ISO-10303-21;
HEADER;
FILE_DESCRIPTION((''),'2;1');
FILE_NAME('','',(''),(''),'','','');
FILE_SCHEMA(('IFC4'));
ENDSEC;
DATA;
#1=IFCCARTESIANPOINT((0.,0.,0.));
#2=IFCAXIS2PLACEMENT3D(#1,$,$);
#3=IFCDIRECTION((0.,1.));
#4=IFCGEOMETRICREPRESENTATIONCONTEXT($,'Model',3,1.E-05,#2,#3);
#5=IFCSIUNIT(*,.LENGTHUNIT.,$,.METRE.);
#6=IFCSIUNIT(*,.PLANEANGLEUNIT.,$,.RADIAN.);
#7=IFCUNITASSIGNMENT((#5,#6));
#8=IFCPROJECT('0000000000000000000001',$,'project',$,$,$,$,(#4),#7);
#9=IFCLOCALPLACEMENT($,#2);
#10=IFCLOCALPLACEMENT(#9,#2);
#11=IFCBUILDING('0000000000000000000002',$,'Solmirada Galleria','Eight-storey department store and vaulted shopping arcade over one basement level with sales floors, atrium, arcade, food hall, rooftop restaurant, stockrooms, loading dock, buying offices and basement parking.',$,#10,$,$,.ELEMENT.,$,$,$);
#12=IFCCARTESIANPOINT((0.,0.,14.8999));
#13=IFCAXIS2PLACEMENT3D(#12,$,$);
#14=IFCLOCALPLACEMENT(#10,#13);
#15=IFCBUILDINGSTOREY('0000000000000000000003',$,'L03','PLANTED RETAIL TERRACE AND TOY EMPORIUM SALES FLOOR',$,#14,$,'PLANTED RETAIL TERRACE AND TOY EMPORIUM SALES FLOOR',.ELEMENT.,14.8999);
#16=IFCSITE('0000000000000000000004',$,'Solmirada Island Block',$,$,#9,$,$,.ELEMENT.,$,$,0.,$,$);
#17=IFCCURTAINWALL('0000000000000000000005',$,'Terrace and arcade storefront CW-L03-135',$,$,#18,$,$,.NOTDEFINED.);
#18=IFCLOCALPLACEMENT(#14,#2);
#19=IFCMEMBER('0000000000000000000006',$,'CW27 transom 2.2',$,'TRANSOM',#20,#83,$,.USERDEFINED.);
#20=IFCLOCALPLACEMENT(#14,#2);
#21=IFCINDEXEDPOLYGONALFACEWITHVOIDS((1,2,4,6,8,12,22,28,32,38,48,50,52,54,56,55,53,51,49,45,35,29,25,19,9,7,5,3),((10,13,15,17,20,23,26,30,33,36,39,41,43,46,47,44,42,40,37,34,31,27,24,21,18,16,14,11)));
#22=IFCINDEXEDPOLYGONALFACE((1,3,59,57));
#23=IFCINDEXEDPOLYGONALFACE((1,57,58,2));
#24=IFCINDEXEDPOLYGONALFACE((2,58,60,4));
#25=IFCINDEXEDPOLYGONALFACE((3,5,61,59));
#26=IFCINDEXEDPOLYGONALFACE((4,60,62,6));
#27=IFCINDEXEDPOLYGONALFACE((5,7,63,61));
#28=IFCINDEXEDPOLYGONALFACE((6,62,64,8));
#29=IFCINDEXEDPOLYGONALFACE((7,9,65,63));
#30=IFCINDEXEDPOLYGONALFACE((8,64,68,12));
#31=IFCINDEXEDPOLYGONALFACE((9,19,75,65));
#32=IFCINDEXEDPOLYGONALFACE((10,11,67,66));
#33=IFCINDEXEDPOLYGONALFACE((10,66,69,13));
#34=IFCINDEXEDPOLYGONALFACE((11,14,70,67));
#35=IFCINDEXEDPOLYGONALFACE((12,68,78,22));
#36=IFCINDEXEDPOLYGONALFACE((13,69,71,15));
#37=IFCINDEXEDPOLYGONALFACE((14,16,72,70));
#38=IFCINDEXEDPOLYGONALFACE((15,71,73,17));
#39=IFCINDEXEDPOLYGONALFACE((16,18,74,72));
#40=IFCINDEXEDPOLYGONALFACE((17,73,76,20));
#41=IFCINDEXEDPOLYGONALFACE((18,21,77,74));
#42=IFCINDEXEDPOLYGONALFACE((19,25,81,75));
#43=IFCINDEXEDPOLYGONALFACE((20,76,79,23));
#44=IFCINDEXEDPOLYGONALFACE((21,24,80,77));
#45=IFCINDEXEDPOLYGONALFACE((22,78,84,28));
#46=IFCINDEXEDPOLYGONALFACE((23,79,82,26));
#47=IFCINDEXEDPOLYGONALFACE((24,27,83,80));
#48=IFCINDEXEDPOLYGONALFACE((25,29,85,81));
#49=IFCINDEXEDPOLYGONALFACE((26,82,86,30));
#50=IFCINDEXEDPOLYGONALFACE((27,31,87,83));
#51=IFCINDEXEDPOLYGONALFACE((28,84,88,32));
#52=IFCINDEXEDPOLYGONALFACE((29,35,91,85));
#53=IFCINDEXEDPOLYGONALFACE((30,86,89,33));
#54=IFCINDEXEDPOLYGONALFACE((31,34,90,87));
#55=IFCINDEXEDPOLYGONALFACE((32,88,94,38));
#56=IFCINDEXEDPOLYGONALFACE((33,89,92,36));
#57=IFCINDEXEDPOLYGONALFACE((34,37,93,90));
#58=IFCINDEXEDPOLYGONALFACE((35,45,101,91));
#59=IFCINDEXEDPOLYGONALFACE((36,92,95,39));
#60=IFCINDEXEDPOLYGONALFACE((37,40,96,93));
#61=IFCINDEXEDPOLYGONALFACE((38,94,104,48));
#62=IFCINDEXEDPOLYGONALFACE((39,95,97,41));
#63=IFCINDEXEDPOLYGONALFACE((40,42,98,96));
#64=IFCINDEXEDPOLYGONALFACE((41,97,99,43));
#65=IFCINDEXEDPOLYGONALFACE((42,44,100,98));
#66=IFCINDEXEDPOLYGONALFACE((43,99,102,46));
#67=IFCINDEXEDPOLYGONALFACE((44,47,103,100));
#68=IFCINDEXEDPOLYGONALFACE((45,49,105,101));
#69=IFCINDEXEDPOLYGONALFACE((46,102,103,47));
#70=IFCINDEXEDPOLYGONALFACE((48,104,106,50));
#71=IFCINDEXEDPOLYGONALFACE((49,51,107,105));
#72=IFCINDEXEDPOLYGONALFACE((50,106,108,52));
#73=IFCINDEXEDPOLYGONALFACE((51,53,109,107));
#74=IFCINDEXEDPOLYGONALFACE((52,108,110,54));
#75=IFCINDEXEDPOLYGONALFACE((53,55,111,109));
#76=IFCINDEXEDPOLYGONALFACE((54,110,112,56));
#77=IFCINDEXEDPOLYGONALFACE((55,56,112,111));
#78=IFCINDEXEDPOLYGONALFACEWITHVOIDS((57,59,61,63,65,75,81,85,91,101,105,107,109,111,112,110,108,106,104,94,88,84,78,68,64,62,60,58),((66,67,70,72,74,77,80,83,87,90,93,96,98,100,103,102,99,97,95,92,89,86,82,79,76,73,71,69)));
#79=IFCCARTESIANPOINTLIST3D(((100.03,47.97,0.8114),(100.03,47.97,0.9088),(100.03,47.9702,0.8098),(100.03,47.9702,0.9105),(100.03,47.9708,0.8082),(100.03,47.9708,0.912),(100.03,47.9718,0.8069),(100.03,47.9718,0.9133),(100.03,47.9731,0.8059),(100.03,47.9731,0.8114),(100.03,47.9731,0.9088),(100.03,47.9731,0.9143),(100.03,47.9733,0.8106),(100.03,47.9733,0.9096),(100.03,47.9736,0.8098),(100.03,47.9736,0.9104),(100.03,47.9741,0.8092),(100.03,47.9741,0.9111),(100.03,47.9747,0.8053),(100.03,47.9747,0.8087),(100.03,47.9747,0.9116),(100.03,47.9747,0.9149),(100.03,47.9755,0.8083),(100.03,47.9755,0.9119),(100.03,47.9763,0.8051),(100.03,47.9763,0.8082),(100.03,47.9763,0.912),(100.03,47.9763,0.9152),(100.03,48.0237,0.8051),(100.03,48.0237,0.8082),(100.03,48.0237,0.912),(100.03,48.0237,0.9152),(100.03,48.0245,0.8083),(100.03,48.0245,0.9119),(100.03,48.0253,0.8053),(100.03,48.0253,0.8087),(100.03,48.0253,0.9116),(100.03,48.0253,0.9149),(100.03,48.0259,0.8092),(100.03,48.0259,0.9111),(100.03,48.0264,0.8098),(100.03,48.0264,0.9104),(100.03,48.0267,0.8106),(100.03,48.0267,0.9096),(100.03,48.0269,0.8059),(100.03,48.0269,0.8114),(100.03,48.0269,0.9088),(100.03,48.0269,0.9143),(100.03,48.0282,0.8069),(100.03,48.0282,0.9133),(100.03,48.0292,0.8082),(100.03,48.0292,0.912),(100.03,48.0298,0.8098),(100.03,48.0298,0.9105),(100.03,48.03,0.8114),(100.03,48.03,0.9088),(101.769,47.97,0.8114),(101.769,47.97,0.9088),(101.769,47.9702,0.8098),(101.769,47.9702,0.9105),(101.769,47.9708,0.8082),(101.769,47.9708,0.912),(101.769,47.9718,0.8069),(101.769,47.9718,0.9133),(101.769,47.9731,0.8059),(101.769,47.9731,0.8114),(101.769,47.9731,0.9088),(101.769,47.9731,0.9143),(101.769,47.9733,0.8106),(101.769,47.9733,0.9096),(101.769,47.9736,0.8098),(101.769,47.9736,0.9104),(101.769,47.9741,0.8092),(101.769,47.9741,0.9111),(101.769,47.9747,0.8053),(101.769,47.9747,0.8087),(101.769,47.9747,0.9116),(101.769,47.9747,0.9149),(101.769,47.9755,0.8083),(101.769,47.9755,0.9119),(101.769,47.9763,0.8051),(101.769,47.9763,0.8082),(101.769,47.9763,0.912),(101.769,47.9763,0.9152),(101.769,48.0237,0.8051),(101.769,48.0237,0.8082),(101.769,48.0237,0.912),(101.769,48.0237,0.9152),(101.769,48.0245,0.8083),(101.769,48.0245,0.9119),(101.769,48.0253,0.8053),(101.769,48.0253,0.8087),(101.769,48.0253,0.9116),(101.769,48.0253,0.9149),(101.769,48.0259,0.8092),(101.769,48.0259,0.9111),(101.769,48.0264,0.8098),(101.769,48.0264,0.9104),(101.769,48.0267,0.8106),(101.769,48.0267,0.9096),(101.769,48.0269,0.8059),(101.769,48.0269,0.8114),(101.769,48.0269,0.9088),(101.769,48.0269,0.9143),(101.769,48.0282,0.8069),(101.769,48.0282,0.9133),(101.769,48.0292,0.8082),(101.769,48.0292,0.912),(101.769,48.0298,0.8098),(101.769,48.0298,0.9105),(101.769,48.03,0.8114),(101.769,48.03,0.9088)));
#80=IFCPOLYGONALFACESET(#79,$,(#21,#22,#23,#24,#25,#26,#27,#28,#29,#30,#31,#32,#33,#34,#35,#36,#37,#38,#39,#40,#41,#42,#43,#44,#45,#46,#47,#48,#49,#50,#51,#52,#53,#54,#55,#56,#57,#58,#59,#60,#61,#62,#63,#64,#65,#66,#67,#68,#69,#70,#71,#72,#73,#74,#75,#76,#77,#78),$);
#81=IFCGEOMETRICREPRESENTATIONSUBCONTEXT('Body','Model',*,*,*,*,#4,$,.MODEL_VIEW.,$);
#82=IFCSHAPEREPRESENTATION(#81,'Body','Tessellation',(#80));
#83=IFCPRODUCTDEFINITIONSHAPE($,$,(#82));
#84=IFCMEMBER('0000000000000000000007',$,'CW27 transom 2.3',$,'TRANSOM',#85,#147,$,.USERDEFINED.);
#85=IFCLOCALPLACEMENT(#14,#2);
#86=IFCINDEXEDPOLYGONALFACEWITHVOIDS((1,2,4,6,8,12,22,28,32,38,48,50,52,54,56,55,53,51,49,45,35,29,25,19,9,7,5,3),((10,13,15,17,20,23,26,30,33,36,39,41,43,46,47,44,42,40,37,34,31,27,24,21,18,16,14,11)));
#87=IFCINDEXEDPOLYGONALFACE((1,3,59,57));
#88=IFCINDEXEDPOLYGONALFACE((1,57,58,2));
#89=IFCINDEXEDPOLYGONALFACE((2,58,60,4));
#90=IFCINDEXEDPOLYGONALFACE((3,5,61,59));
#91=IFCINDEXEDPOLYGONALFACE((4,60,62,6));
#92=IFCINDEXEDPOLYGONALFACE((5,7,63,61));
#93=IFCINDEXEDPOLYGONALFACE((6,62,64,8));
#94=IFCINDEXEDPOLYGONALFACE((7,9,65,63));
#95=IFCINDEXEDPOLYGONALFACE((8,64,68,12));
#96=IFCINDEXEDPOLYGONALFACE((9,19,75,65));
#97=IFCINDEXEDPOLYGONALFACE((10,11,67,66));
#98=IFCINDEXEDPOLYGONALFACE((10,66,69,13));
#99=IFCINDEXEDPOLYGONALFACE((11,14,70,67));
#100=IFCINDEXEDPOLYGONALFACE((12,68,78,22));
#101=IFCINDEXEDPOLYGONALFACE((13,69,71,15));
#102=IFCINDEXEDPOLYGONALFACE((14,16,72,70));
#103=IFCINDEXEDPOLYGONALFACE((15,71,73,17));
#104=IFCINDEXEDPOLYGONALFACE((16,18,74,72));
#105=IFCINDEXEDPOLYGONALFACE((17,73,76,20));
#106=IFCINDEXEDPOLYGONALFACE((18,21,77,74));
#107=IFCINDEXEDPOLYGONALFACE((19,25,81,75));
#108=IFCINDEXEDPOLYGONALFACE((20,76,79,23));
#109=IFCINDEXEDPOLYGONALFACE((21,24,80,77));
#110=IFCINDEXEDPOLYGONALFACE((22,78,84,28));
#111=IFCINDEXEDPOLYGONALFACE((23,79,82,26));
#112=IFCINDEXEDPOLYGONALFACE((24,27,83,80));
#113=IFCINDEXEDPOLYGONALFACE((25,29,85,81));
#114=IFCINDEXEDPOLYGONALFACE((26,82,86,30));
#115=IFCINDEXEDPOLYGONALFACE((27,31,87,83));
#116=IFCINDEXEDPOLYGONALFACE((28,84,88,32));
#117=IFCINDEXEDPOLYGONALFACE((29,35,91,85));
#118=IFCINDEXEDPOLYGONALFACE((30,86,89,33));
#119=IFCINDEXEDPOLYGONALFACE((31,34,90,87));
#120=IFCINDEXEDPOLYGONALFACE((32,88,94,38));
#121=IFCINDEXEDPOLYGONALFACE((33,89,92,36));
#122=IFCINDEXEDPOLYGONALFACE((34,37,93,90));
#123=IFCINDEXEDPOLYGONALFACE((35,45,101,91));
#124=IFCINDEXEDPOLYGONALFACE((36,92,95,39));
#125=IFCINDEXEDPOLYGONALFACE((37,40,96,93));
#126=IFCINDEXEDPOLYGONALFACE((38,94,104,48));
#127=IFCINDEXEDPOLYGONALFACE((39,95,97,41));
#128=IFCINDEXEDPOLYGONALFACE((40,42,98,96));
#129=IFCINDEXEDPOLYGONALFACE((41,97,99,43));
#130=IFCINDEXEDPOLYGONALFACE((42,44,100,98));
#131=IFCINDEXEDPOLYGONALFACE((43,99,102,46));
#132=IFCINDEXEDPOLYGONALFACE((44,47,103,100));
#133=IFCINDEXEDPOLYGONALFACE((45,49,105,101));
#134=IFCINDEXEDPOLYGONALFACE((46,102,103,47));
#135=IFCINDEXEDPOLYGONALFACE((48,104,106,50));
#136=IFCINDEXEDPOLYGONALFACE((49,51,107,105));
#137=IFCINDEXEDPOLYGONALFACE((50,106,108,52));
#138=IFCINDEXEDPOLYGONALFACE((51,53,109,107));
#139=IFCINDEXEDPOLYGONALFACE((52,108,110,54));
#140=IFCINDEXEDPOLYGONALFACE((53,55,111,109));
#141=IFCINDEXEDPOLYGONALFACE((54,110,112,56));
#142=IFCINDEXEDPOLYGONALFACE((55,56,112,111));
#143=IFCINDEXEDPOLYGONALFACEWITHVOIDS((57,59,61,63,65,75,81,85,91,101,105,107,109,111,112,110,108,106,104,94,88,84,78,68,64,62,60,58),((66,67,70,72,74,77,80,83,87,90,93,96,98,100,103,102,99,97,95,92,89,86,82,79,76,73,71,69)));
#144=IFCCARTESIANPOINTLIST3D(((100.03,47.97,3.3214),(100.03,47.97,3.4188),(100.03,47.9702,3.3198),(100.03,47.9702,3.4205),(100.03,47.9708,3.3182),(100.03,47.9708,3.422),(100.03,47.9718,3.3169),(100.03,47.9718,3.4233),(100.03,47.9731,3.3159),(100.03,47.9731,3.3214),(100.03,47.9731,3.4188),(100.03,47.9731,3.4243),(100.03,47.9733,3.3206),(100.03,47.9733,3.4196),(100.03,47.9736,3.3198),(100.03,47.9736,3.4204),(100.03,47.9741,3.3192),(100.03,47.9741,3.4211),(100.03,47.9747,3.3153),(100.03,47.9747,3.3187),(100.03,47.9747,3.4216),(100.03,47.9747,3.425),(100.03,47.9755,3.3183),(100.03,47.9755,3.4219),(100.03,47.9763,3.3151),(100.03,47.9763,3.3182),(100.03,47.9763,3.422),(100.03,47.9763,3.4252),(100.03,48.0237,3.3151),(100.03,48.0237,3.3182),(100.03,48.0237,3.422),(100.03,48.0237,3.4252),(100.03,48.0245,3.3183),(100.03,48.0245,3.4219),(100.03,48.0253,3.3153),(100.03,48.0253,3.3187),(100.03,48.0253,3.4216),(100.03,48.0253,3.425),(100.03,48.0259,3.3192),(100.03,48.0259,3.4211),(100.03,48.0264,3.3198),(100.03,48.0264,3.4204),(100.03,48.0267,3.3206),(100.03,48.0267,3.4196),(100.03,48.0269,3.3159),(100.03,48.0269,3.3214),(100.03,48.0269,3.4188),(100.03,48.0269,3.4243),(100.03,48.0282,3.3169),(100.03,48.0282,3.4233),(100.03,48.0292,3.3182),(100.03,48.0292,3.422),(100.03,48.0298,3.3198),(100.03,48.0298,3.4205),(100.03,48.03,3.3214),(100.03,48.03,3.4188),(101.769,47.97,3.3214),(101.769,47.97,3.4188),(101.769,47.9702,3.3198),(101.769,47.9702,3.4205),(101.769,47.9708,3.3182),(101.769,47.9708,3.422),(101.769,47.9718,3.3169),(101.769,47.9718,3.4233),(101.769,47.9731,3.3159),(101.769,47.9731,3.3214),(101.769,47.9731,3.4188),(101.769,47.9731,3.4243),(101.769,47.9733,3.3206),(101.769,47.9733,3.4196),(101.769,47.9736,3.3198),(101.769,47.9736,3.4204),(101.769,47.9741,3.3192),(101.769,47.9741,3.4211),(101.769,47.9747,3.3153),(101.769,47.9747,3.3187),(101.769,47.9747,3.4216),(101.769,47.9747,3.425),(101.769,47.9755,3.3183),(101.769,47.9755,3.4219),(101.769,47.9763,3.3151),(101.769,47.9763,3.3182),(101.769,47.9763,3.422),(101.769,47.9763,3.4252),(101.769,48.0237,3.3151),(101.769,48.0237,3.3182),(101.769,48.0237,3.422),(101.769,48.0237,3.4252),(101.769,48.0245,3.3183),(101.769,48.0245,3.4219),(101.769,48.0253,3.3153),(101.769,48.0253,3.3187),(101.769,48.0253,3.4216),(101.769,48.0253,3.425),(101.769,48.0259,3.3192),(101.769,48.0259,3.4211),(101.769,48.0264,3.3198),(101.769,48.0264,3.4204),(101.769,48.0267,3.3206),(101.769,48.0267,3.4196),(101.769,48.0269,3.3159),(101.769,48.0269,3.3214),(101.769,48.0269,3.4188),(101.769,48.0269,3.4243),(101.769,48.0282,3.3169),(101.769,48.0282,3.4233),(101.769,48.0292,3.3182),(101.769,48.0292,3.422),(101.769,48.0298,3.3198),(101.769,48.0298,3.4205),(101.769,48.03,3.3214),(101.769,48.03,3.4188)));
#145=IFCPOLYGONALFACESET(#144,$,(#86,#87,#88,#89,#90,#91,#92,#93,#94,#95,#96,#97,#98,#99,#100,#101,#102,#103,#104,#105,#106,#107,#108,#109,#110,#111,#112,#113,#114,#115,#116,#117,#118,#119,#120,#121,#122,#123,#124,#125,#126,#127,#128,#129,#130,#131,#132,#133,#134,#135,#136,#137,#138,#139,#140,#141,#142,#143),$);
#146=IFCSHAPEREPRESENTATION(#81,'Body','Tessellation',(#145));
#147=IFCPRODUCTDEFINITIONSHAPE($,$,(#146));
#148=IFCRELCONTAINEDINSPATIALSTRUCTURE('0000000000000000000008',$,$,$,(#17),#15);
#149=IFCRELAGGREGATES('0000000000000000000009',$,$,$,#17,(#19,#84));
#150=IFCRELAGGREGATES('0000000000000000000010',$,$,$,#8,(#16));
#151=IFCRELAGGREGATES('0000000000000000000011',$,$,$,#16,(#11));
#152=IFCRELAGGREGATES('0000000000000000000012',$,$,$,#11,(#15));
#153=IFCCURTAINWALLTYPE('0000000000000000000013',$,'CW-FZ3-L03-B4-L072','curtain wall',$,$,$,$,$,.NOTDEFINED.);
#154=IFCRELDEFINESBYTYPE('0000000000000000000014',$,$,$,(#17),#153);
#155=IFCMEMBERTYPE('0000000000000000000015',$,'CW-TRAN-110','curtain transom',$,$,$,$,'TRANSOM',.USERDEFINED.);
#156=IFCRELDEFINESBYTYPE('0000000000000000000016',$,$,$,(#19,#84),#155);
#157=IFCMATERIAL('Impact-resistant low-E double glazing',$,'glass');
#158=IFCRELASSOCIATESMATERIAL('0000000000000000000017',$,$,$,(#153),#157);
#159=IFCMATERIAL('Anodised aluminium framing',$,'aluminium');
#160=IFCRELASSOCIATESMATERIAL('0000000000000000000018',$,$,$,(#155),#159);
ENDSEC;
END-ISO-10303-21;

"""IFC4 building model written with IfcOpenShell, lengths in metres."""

from ifc_helpers import new_model, si_unit, direction, frame, origin, origin_2d, place, context, subcontext, project, spatial, hollow_rectangle, extrude, material, material_profile, profile_set, type_object, element, aggregate, save


model = new_model("IFC4")

# Units and contexts
model_context = context("Model", 3, precision=1e-05, world=origin(), true_north=direction((0.0, 1.0)))
body_context = subcontext(model_context, "Body", "Model", "MODEL_VIEW")
ifc_project = project(units=[si_unit("LENGTHUNIT", "METRE"), si_unit("PLANEANGLEUNIT", "RADIAN")], contexts=[model_context])

# Site, building, storey
site_placement = place(None, origin())
site = spatial("IfcSite", under=ifc_project, at=site_placement, Name="Solmirada Island Block", CompositionType="ELEMENT", RefElevation=0.0)
building_placement = place(site_placement, origin())
building = spatial("IfcBuilding", under=site, at=building_placement, Name="Solmirada Galleria", Description="Eight-storey department store and vaulted shopping arcade over one basement level with sales floors, atrium, arcade, food hall, rooftop restaurant, stockrooms, loading dock, buying offices and basement parking.", CompositionType="ELEMENT")
storey_placement = place(building_placement, frame((0.0, 0.0, 14.8999)))
storey = spatial("IfcBuildingStorey", under=building, at=storey_placement, Name="L03", Description="PLANTED RETAIL TERRACE AND TOY EMPORIUM SALES FLOOR", LongName="PLANTED RETAIL TERRACE AND TOY EMPORIUM SALES FLOOR", CompositionType="ELEMENT", Elevation=14.8999)

# Curtain wall, members
ifc_material_1 = material(Name="Impact-resistant low-E double glazing", Category="glass")
curtain_wall_type = type_object("IfcCurtainWallType", Name="CW-FZ3-L03-B4-L072", Description="curtain wall", PredefinedType="NOTDEFINED", material=ifc_material_1)
curtain_wall_placement = place(storey_placement, origin())
curtain_wall = element("IfcCurtainWall", 1, at=curtain_wall_placement, inside=storey, type_object=curtain_wall_type, Name="Terrace and arcade storefront CW-L03-135", PredefinedType="NOTDEFINED")
ifc_material_2 = material(Name="Anodised aluminium framing", Category="aluminium")
ifc_material_profile_1 = material_profile(ifc_material_2, hollow_rectangle(XDim=0.0601, YDim=0.1101, WallThickness=0.0032, InnerFilletRadius=0.0032, OuterFilletRadius=0.0063, at=origin_2d()), Name="ALU-TRAN-110X60")
ifc_profile_set_1 = profile_set([ifc_material_profile_1], Name="Anodised aluminium framing")
member_type_1 = type_object("IfcMemberType", Name="CW-TRAN-110", Description="curtain transom", ElementType="TRANSOM", PredefinedType="USERDEFINED", material=ifc_profile_set_1)
member_1_placement = place(storey_placement, frame((101.769, 48.0, 0.8601), z_axis=(-1.0, 0.0, 0.0), x_axis=(0.0, -1.0, 0.0)))
member_1 = element("IfcMember", 2, at=member_1_placement, type_object=member_type_1, Name="CW27 transom 2.2", ObjectType="TRANSOM", PredefinedType="USERDEFINED", context=body_context, shape_type="SweptSolid", body=[
    extrude(hollow_rectangle(XDim=0.0601, YDim=0.1101, WallThickness=0.0032, InnerFilletRadius=0.0032, OuterFilletRadius=0.0063, at=origin_2d()), origin(), (0.0, 0.0, 1.0), 1.739),
])
member_2_placement = place(storey_placement, frame((101.769, 48.0, 3.3701), z_axis=(-1.0, 0.0, 0.0), x_axis=(0.0, -1.0, 0.0)))
member_2 = element("IfcMember", 3, at=member_2_placement, type_object=member_type_1, Name="CW27 transom 2.3", ObjectType="TRANSOM", PredefinedType="USERDEFINED", context=body_context, shape_type="SweptSolid", body=[
    extrude(hollow_rectangle(XDim=0.0601, YDim=0.1101, WallThickness=0.0032, InnerFilletRadius=0.0032, OuterFilletRadius=0.0063, at=origin_2d()), origin(), (0.0, 0.0, 1.0), 1.739),
])
aggregate(curtain_wall, [member_1, member_2])

save(model, "model.ifc")
